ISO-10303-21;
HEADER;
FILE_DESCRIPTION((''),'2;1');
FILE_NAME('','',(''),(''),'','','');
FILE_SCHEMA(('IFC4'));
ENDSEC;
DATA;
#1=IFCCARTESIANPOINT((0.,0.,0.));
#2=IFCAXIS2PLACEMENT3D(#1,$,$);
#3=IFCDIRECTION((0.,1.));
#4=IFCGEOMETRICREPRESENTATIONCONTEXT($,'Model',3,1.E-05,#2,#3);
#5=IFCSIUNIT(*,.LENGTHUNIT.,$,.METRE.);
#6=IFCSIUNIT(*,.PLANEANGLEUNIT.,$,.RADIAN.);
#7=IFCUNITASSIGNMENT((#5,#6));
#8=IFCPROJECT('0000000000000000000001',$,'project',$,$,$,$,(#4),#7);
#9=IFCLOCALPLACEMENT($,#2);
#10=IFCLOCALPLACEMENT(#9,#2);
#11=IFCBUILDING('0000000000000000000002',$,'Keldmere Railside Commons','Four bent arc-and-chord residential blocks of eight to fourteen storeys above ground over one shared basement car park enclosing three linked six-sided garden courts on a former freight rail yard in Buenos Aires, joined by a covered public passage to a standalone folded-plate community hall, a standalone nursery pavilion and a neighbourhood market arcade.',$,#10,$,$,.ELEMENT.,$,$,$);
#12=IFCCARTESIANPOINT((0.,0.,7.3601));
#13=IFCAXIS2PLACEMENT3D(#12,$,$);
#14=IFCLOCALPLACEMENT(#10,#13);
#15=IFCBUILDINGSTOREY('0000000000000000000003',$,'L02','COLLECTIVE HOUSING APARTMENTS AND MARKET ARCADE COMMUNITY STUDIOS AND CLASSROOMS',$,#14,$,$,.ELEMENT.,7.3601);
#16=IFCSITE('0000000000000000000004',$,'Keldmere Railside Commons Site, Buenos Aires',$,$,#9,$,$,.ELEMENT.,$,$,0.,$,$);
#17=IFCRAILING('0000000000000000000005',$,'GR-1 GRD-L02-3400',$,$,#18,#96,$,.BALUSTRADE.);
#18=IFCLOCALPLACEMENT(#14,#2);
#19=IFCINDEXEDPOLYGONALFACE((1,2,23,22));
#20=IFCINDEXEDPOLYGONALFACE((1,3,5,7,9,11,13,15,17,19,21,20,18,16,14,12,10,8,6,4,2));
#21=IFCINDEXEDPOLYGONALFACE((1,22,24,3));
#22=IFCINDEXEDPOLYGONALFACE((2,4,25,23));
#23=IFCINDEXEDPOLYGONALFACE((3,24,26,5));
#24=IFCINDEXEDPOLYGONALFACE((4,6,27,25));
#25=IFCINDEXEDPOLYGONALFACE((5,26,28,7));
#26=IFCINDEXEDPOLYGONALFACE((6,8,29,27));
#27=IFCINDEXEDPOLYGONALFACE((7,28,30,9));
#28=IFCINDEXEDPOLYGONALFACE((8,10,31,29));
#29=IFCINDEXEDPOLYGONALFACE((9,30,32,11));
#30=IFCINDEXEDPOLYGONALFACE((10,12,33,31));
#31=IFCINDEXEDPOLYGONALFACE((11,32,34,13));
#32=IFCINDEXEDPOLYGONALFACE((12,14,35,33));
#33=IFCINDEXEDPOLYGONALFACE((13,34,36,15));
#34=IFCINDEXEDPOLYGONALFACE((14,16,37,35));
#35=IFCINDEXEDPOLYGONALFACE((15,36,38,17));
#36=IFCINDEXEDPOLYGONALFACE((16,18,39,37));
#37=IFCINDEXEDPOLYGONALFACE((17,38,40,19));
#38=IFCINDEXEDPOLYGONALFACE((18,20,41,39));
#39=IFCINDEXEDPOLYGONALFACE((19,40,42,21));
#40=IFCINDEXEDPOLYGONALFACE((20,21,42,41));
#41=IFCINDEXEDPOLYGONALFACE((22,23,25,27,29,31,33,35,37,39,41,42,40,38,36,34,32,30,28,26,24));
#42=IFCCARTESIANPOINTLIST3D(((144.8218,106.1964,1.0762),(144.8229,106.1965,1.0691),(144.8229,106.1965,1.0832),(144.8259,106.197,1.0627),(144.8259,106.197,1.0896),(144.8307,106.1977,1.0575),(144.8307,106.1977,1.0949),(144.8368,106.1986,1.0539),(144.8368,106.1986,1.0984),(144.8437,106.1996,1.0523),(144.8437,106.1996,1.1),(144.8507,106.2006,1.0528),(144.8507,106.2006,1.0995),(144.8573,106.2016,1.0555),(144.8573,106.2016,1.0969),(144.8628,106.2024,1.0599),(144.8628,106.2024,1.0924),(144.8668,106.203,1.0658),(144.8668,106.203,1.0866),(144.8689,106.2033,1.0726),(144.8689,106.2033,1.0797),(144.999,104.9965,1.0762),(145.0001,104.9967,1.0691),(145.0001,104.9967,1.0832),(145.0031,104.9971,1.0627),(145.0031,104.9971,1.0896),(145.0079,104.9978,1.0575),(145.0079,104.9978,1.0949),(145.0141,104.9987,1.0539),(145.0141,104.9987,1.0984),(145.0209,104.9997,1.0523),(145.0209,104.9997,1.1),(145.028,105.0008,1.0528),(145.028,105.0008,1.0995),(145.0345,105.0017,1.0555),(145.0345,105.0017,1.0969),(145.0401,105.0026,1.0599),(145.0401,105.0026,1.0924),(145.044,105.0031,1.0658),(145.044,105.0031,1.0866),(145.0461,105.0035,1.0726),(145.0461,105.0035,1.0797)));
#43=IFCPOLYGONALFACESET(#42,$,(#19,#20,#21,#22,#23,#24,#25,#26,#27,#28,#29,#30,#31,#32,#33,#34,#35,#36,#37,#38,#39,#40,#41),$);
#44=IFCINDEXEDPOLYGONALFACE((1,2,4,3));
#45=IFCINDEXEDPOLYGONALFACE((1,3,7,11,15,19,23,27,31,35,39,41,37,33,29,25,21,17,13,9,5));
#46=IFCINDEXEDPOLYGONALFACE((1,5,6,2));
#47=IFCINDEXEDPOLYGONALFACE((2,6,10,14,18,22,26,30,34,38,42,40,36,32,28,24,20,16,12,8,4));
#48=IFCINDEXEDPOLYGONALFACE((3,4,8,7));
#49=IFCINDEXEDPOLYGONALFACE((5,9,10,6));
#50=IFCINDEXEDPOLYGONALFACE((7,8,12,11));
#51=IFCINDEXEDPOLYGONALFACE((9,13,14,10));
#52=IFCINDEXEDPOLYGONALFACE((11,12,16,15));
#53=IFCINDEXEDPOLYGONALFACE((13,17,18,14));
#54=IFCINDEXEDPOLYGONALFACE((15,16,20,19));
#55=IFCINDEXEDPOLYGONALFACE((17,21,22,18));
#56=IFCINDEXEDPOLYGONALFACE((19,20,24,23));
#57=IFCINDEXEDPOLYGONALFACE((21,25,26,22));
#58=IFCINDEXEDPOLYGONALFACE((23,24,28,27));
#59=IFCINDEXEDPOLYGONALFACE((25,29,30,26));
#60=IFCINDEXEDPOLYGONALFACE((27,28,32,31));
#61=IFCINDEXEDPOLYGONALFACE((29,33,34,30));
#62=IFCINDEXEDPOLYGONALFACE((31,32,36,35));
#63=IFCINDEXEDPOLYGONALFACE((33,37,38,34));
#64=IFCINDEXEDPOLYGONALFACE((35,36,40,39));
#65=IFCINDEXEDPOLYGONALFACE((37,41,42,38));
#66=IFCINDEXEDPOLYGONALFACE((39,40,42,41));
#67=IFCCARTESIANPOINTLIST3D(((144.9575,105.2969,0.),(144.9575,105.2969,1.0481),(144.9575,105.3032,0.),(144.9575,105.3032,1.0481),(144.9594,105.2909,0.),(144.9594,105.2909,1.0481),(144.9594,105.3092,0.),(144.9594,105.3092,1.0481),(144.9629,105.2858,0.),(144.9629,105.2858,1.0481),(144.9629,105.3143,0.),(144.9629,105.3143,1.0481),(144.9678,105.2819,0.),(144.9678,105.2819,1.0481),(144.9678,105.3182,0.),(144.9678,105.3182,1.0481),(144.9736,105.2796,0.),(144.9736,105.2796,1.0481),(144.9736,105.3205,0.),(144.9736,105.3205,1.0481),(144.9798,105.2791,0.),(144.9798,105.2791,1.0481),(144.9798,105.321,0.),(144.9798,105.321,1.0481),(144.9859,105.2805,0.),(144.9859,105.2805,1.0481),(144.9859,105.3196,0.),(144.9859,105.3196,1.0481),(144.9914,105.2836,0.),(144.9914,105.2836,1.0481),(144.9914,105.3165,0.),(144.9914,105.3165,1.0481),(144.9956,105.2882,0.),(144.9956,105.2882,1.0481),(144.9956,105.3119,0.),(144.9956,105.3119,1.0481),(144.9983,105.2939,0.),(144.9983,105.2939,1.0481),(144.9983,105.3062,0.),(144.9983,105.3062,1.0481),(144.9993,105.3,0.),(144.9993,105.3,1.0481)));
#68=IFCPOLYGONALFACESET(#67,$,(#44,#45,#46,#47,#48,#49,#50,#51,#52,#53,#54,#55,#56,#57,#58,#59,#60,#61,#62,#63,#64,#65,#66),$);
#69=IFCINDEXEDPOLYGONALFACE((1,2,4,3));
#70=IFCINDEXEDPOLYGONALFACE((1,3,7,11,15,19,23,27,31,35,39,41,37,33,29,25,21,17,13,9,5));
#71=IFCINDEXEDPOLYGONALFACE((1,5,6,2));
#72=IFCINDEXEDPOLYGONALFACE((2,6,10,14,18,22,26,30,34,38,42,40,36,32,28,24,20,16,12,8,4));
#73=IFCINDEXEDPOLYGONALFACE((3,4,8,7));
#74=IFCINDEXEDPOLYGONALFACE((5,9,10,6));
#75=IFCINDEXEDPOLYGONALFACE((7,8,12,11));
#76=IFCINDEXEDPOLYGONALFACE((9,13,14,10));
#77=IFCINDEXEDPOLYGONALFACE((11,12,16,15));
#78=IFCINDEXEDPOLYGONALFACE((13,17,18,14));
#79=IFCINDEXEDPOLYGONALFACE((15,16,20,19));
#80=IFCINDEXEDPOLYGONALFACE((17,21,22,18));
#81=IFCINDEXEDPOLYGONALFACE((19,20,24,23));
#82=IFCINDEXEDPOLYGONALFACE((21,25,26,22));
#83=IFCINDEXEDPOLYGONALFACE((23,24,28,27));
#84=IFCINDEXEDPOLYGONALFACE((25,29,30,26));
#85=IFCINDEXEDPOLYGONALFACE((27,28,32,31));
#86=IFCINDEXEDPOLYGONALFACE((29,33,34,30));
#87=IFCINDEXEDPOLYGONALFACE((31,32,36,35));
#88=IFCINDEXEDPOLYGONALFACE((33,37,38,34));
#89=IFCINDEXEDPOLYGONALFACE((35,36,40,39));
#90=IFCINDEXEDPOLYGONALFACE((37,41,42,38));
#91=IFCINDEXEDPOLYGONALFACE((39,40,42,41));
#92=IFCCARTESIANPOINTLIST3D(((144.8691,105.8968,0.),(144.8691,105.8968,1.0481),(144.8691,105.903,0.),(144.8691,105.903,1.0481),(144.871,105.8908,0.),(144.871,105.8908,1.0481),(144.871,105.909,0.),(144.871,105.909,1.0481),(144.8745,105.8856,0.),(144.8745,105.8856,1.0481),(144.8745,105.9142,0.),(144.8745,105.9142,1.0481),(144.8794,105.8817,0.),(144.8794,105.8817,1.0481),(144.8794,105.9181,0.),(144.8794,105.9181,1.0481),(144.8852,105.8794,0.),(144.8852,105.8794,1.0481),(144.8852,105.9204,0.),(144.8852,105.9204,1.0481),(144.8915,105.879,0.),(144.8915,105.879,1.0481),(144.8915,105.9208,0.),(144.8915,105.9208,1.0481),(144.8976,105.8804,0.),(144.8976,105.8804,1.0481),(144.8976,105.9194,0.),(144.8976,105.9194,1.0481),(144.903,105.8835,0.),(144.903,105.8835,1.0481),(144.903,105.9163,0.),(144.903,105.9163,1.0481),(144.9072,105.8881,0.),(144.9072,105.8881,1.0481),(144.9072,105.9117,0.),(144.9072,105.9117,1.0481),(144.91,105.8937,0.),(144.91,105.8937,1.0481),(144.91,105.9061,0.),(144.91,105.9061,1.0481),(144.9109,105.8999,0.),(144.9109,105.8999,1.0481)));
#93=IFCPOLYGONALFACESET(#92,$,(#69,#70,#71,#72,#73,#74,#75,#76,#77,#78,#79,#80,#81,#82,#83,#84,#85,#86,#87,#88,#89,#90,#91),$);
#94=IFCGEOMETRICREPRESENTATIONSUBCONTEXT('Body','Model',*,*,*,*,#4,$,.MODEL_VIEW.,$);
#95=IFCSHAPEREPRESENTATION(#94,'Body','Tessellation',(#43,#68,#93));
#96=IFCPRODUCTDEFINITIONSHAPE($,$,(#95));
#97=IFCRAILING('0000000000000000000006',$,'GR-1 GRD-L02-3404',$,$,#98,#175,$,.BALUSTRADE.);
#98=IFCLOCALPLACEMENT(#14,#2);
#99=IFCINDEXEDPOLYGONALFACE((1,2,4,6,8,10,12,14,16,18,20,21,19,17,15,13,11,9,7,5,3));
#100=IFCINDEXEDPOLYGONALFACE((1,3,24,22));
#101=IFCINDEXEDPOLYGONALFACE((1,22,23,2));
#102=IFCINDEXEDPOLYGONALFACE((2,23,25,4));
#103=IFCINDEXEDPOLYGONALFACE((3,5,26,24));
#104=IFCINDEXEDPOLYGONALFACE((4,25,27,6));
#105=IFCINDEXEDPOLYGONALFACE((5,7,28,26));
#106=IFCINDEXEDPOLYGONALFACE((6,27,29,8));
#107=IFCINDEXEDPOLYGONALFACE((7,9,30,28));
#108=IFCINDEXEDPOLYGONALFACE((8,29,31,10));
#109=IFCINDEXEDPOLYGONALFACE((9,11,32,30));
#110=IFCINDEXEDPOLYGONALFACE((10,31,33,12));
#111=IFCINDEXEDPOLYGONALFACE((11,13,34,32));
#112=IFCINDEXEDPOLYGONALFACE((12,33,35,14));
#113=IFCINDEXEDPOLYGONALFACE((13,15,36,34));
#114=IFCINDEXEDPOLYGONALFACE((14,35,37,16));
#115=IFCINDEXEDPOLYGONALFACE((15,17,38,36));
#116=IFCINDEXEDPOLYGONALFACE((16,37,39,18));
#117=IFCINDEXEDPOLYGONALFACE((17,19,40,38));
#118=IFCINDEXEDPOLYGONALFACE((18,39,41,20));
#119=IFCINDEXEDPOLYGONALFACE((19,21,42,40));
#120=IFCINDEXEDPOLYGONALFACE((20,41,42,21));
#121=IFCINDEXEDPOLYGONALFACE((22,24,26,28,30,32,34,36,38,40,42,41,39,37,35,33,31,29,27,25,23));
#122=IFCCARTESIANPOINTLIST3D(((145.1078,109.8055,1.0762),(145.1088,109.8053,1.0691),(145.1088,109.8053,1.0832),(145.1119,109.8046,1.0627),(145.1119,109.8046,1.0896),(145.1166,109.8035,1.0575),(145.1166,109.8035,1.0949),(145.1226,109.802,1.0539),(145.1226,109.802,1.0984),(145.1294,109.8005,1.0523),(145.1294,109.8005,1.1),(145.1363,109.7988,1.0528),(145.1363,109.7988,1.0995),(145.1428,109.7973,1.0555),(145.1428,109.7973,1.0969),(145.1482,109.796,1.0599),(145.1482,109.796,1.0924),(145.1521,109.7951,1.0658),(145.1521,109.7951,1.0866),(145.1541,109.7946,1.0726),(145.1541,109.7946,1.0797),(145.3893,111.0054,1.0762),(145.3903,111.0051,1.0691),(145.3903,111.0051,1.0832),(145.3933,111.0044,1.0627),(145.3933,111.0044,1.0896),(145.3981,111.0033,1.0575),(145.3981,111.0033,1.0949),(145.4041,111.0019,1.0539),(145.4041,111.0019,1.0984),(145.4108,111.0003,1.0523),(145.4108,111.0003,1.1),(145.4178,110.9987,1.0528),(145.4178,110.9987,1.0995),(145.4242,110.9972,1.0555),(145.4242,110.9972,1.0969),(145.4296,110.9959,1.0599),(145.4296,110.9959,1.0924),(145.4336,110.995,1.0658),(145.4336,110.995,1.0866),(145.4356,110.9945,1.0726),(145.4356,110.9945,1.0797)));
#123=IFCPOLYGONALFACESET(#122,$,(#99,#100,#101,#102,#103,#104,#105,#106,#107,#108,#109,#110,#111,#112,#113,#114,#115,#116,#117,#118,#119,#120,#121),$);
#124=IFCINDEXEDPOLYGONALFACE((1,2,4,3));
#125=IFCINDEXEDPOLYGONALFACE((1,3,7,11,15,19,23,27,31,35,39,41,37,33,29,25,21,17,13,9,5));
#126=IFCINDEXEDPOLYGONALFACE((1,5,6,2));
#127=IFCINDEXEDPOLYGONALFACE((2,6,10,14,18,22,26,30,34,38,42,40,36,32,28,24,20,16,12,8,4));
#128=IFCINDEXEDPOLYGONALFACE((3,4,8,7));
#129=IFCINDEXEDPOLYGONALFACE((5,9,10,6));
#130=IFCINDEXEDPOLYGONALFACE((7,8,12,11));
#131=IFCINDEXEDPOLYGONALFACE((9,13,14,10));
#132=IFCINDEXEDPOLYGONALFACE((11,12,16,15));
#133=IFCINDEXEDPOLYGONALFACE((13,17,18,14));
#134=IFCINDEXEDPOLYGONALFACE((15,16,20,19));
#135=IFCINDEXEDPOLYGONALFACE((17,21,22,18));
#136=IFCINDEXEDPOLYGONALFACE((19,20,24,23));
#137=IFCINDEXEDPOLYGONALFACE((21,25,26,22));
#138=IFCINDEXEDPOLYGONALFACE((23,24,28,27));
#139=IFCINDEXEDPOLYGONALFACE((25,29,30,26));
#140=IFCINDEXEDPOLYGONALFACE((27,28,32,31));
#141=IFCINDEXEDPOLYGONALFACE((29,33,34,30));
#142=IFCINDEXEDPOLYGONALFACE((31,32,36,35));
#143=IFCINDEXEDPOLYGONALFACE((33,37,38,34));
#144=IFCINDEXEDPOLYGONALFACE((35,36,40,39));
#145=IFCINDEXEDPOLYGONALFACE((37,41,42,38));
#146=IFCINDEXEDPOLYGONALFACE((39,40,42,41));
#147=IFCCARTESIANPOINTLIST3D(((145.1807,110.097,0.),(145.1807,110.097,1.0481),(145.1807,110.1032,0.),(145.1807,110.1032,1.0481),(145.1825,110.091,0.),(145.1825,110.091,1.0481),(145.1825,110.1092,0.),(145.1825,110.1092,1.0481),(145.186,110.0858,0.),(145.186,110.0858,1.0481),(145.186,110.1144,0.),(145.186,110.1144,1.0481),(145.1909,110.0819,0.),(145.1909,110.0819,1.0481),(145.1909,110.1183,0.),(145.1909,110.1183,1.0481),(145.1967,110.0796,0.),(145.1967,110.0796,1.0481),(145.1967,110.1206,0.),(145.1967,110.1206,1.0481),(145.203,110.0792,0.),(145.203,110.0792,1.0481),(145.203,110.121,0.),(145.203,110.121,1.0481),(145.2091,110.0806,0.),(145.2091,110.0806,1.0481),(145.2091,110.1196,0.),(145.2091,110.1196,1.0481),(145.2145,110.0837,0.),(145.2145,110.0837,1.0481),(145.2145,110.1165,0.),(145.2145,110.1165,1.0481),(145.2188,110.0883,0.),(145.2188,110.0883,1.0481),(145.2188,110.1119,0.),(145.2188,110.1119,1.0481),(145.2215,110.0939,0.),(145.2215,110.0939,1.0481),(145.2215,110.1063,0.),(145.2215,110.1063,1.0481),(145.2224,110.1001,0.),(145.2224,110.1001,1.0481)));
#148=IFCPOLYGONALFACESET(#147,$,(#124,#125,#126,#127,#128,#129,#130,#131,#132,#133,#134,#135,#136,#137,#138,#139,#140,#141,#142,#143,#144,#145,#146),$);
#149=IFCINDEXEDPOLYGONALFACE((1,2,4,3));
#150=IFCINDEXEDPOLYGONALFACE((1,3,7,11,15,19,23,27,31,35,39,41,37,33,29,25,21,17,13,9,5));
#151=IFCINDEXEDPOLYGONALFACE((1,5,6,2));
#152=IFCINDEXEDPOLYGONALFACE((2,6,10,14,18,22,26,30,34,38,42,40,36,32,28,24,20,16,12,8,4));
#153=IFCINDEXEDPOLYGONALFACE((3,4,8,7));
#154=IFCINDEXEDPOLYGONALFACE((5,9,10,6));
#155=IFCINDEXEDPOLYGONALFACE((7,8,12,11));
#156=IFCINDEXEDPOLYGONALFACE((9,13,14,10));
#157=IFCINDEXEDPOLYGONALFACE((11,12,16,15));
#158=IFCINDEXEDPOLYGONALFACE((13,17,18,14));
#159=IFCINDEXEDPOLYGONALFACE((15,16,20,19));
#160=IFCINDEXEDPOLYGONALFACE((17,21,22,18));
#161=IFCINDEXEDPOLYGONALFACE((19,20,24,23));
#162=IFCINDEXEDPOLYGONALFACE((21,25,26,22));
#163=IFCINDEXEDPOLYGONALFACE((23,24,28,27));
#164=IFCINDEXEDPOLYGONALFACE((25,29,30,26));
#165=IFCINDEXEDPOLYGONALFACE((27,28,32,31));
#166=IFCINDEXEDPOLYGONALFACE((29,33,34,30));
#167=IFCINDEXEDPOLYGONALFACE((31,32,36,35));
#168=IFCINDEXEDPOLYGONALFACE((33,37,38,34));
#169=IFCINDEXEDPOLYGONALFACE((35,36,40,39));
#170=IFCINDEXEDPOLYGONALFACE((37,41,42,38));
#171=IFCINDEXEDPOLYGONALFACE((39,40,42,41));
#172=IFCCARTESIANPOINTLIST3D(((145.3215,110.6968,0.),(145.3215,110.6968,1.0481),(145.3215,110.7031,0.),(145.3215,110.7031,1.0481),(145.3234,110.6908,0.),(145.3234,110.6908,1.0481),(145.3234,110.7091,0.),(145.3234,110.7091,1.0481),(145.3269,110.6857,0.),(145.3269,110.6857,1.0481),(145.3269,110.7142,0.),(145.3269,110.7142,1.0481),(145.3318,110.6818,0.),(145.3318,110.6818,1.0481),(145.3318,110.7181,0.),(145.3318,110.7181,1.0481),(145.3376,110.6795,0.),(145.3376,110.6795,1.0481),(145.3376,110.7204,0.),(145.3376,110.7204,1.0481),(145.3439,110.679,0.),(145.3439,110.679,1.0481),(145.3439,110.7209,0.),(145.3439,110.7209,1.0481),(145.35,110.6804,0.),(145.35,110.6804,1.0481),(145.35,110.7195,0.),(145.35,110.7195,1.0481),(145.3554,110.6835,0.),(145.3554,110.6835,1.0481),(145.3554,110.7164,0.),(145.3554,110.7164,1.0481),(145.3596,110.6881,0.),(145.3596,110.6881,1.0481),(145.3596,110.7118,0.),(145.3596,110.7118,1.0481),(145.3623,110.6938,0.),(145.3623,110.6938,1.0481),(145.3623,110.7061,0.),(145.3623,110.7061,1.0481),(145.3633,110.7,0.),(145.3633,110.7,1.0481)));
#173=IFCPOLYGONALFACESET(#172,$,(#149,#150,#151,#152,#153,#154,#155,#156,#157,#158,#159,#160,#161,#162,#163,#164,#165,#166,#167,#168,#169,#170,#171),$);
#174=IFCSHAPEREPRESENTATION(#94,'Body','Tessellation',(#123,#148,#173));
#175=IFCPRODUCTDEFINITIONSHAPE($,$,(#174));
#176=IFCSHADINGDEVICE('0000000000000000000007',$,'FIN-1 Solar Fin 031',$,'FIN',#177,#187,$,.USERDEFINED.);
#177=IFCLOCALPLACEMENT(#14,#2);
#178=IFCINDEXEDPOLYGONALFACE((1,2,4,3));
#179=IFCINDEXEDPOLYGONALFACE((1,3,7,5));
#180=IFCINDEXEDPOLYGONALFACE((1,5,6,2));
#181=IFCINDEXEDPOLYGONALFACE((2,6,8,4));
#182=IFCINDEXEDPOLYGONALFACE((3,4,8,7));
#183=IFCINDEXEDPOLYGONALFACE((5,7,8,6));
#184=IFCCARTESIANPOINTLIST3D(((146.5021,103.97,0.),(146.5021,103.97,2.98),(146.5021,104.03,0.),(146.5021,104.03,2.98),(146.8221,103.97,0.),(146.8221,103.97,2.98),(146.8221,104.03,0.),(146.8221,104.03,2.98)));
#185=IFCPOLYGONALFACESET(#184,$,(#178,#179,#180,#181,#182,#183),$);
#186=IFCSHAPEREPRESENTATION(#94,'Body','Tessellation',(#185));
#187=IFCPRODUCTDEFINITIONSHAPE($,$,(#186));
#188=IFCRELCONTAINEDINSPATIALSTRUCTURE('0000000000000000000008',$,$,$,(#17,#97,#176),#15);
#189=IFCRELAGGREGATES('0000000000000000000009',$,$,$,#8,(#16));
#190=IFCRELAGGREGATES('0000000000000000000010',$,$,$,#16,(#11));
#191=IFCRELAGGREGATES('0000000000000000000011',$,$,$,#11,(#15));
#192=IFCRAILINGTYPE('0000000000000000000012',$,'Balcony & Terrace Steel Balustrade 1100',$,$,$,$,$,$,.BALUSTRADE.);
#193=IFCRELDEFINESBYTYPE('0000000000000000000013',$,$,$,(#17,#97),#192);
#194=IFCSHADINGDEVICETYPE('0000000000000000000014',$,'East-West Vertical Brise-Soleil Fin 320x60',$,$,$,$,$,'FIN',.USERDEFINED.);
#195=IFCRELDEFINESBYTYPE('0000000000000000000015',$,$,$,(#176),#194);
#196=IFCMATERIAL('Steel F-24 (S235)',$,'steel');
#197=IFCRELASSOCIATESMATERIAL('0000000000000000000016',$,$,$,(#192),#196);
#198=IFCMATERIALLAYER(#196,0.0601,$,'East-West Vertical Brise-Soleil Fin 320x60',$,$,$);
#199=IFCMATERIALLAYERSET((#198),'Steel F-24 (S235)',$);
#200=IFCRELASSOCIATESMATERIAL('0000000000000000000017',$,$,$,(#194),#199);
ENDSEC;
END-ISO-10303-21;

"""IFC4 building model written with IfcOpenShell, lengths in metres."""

from ifc_helpers import new_model, si_unit, direction, frame, origin, origin_2d, place, context, subcontext, project, spatial, rectangle, circle, extrude, material, layer, layer_set, type_object, element, save


model = new_model("IFC4")

# Units and contexts
model_context = context("Model", 3, precision=1e-05, world=origin(), true_north=direction((0.0, 1.0)))
body_context = subcontext(model_context, "Body", "Model", "MODEL_VIEW")
ifc_project = project(units=[si_unit("LENGTHUNIT", "METRE"), si_unit("PLANEANGLEUNIT", "RADIAN")], contexts=[model_context])

# Site, building, storey
site_placement = place(None, origin())
site = spatial("IfcSite", under=ifc_project, at=site_placement, Name="Keldmere Railside Commons Site, Buenos Aires", CompositionType="ELEMENT", RefElevation=0.0)
building_placement = place(site_placement, origin())
building = spatial("IfcBuilding", under=site, at=building_placement, Name="Keldmere Railside Commons", Description="Four bent arc-and-chord residential blocks of eight to fourteen storeys above ground over one shared basement car park enclosing three linked six-sided garden courts on a former freight rail yard in Buenos Aires, joined by a covered public passage to a standalone folded-plate community hall, a standalone nursery pavilion and a neighbourhood market arcade.", CompositionType="ELEMENT")
storey_placement = place(building_placement, frame((0.0, 0.0, 7.3601)))
storey = spatial("IfcBuildingStorey", under=building, at=storey_placement, Name="L02", Description="COLLECTIVE HOUSING APARTMENTS AND MARKET ARCADE COMMUNITY STUDIOS AND CLASSROOMS", CompositionType="ELEMENT", Elevation=7.3601)

# Shared definitions
ifc_material_1 = material(Name="Steel F-24 (S235)", Category="steel")

# Railings
railing_type_1 = type_object("IfcRailingType", Name="Balcony & Terrace Steel Balustrade 1100", PredefinedType="BALUSTRADE", material=ifc_material_1)
railing_1_placement = place(storey_placement, frame((145.0227, 105.0, 0.0)))
element("IfcRailing", 1, at=railing_1_placement, inside=storey, type_object=railing_type_1, Name="GR-1 GRD-L02-3400", PredefinedType="BALUSTRADE", context=body_context, shape_type="SweptSolid", body=[
    extrude(circle(Radius=0.0239, at=origin_2d()), frame((0.0, 0.0, 1.0762), z_axis=(-0.146126, 0.989266, 0.0), x_axis=(-0.989266, -0.146126, 0.0)), (0.0, 0.0, 1.0), 1.2129),
    extrude(circle(Radius=0.021, at=origin_2d()), frame((-0.0444, 0.3, 0.0)), (0.0, 0.0, 1.0), 1.0481),
    extrude(circle(Radius=0.021, at=origin_2d()), frame((-0.1328, 0.8999, 0.0)), (0.0, 0.0, 1.0), 1.0481),
])
railing_2_placement = place(storey_placement, frame((145.1311, 109.8, 0.0)))
element("IfcRailing", 2, at=railing_2_placement, inside=storey, type_object=railing_type_1, Name="GR-1 GRD-L02-3404", PredefinedType="BALUSTRADE", context=body_context, shape_type="SweptSolid", body=[
    extrude(circle(Radius=0.0239, at=origin_2d()), frame((0.0, 0.0, 1.0762), z_axis=(0.228388, 0.97357, 0.0), x_axis=(-0.97357, 0.228388, 0.0)), (0.0, 0.0, 1.0), 1.2324),
    extrude(circle(Radius=0.021, at=origin_2d()), frame((0.0703, 0.3, 0.0)), (0.0, 0.0, 1.0), 1.0481),
    extrude(circle(Radius=0.021, at=origin_2d()), frame((0.2112, 0.8999, 0.0)), (0.0, 0.0, 1.0), 1.0481),
])

# Shading device
ifc_layer_1 = layer(ifc_material_1, 0.0601, Name="East-West Vertical Brise-Soleil Fin 320x60")
ifc_layer_set_1 = layer_set([ifc_layer_1], Name="Steel F-24 (S235)")
shading_device_type = type_object("IfcShadingDeviceType", Name="East-West Vertical Brise-Soleil Fin 320x60", ElementType="FIN", PredefinedType="USERDEFINED", material=ifc_layer_set_1)
shading_device_placement = place(storey_placement, frame((146.6621, 104.0, 0.0), z_axis=(0.0, 0.0, 1.0), x_axis=(1.0, 0.0, 0.0)))
element("IfcShadingDevice", 3, at=shading_device_placement, inside=storey, type_object=shading_device_type, Name="FIN-1 Solar Fin 031", ObjectType="FIN", PredefinedType="USERDEFINED", context=body_context, shape_type="SweptSolid", body=[
    extrude(rectangle(XDim=0.3201, YDim=0.0601, at=origin_2d()), origin(), (0.0, 0.0, 1.0), 2.98),
])

save(model, "model.ifc")
